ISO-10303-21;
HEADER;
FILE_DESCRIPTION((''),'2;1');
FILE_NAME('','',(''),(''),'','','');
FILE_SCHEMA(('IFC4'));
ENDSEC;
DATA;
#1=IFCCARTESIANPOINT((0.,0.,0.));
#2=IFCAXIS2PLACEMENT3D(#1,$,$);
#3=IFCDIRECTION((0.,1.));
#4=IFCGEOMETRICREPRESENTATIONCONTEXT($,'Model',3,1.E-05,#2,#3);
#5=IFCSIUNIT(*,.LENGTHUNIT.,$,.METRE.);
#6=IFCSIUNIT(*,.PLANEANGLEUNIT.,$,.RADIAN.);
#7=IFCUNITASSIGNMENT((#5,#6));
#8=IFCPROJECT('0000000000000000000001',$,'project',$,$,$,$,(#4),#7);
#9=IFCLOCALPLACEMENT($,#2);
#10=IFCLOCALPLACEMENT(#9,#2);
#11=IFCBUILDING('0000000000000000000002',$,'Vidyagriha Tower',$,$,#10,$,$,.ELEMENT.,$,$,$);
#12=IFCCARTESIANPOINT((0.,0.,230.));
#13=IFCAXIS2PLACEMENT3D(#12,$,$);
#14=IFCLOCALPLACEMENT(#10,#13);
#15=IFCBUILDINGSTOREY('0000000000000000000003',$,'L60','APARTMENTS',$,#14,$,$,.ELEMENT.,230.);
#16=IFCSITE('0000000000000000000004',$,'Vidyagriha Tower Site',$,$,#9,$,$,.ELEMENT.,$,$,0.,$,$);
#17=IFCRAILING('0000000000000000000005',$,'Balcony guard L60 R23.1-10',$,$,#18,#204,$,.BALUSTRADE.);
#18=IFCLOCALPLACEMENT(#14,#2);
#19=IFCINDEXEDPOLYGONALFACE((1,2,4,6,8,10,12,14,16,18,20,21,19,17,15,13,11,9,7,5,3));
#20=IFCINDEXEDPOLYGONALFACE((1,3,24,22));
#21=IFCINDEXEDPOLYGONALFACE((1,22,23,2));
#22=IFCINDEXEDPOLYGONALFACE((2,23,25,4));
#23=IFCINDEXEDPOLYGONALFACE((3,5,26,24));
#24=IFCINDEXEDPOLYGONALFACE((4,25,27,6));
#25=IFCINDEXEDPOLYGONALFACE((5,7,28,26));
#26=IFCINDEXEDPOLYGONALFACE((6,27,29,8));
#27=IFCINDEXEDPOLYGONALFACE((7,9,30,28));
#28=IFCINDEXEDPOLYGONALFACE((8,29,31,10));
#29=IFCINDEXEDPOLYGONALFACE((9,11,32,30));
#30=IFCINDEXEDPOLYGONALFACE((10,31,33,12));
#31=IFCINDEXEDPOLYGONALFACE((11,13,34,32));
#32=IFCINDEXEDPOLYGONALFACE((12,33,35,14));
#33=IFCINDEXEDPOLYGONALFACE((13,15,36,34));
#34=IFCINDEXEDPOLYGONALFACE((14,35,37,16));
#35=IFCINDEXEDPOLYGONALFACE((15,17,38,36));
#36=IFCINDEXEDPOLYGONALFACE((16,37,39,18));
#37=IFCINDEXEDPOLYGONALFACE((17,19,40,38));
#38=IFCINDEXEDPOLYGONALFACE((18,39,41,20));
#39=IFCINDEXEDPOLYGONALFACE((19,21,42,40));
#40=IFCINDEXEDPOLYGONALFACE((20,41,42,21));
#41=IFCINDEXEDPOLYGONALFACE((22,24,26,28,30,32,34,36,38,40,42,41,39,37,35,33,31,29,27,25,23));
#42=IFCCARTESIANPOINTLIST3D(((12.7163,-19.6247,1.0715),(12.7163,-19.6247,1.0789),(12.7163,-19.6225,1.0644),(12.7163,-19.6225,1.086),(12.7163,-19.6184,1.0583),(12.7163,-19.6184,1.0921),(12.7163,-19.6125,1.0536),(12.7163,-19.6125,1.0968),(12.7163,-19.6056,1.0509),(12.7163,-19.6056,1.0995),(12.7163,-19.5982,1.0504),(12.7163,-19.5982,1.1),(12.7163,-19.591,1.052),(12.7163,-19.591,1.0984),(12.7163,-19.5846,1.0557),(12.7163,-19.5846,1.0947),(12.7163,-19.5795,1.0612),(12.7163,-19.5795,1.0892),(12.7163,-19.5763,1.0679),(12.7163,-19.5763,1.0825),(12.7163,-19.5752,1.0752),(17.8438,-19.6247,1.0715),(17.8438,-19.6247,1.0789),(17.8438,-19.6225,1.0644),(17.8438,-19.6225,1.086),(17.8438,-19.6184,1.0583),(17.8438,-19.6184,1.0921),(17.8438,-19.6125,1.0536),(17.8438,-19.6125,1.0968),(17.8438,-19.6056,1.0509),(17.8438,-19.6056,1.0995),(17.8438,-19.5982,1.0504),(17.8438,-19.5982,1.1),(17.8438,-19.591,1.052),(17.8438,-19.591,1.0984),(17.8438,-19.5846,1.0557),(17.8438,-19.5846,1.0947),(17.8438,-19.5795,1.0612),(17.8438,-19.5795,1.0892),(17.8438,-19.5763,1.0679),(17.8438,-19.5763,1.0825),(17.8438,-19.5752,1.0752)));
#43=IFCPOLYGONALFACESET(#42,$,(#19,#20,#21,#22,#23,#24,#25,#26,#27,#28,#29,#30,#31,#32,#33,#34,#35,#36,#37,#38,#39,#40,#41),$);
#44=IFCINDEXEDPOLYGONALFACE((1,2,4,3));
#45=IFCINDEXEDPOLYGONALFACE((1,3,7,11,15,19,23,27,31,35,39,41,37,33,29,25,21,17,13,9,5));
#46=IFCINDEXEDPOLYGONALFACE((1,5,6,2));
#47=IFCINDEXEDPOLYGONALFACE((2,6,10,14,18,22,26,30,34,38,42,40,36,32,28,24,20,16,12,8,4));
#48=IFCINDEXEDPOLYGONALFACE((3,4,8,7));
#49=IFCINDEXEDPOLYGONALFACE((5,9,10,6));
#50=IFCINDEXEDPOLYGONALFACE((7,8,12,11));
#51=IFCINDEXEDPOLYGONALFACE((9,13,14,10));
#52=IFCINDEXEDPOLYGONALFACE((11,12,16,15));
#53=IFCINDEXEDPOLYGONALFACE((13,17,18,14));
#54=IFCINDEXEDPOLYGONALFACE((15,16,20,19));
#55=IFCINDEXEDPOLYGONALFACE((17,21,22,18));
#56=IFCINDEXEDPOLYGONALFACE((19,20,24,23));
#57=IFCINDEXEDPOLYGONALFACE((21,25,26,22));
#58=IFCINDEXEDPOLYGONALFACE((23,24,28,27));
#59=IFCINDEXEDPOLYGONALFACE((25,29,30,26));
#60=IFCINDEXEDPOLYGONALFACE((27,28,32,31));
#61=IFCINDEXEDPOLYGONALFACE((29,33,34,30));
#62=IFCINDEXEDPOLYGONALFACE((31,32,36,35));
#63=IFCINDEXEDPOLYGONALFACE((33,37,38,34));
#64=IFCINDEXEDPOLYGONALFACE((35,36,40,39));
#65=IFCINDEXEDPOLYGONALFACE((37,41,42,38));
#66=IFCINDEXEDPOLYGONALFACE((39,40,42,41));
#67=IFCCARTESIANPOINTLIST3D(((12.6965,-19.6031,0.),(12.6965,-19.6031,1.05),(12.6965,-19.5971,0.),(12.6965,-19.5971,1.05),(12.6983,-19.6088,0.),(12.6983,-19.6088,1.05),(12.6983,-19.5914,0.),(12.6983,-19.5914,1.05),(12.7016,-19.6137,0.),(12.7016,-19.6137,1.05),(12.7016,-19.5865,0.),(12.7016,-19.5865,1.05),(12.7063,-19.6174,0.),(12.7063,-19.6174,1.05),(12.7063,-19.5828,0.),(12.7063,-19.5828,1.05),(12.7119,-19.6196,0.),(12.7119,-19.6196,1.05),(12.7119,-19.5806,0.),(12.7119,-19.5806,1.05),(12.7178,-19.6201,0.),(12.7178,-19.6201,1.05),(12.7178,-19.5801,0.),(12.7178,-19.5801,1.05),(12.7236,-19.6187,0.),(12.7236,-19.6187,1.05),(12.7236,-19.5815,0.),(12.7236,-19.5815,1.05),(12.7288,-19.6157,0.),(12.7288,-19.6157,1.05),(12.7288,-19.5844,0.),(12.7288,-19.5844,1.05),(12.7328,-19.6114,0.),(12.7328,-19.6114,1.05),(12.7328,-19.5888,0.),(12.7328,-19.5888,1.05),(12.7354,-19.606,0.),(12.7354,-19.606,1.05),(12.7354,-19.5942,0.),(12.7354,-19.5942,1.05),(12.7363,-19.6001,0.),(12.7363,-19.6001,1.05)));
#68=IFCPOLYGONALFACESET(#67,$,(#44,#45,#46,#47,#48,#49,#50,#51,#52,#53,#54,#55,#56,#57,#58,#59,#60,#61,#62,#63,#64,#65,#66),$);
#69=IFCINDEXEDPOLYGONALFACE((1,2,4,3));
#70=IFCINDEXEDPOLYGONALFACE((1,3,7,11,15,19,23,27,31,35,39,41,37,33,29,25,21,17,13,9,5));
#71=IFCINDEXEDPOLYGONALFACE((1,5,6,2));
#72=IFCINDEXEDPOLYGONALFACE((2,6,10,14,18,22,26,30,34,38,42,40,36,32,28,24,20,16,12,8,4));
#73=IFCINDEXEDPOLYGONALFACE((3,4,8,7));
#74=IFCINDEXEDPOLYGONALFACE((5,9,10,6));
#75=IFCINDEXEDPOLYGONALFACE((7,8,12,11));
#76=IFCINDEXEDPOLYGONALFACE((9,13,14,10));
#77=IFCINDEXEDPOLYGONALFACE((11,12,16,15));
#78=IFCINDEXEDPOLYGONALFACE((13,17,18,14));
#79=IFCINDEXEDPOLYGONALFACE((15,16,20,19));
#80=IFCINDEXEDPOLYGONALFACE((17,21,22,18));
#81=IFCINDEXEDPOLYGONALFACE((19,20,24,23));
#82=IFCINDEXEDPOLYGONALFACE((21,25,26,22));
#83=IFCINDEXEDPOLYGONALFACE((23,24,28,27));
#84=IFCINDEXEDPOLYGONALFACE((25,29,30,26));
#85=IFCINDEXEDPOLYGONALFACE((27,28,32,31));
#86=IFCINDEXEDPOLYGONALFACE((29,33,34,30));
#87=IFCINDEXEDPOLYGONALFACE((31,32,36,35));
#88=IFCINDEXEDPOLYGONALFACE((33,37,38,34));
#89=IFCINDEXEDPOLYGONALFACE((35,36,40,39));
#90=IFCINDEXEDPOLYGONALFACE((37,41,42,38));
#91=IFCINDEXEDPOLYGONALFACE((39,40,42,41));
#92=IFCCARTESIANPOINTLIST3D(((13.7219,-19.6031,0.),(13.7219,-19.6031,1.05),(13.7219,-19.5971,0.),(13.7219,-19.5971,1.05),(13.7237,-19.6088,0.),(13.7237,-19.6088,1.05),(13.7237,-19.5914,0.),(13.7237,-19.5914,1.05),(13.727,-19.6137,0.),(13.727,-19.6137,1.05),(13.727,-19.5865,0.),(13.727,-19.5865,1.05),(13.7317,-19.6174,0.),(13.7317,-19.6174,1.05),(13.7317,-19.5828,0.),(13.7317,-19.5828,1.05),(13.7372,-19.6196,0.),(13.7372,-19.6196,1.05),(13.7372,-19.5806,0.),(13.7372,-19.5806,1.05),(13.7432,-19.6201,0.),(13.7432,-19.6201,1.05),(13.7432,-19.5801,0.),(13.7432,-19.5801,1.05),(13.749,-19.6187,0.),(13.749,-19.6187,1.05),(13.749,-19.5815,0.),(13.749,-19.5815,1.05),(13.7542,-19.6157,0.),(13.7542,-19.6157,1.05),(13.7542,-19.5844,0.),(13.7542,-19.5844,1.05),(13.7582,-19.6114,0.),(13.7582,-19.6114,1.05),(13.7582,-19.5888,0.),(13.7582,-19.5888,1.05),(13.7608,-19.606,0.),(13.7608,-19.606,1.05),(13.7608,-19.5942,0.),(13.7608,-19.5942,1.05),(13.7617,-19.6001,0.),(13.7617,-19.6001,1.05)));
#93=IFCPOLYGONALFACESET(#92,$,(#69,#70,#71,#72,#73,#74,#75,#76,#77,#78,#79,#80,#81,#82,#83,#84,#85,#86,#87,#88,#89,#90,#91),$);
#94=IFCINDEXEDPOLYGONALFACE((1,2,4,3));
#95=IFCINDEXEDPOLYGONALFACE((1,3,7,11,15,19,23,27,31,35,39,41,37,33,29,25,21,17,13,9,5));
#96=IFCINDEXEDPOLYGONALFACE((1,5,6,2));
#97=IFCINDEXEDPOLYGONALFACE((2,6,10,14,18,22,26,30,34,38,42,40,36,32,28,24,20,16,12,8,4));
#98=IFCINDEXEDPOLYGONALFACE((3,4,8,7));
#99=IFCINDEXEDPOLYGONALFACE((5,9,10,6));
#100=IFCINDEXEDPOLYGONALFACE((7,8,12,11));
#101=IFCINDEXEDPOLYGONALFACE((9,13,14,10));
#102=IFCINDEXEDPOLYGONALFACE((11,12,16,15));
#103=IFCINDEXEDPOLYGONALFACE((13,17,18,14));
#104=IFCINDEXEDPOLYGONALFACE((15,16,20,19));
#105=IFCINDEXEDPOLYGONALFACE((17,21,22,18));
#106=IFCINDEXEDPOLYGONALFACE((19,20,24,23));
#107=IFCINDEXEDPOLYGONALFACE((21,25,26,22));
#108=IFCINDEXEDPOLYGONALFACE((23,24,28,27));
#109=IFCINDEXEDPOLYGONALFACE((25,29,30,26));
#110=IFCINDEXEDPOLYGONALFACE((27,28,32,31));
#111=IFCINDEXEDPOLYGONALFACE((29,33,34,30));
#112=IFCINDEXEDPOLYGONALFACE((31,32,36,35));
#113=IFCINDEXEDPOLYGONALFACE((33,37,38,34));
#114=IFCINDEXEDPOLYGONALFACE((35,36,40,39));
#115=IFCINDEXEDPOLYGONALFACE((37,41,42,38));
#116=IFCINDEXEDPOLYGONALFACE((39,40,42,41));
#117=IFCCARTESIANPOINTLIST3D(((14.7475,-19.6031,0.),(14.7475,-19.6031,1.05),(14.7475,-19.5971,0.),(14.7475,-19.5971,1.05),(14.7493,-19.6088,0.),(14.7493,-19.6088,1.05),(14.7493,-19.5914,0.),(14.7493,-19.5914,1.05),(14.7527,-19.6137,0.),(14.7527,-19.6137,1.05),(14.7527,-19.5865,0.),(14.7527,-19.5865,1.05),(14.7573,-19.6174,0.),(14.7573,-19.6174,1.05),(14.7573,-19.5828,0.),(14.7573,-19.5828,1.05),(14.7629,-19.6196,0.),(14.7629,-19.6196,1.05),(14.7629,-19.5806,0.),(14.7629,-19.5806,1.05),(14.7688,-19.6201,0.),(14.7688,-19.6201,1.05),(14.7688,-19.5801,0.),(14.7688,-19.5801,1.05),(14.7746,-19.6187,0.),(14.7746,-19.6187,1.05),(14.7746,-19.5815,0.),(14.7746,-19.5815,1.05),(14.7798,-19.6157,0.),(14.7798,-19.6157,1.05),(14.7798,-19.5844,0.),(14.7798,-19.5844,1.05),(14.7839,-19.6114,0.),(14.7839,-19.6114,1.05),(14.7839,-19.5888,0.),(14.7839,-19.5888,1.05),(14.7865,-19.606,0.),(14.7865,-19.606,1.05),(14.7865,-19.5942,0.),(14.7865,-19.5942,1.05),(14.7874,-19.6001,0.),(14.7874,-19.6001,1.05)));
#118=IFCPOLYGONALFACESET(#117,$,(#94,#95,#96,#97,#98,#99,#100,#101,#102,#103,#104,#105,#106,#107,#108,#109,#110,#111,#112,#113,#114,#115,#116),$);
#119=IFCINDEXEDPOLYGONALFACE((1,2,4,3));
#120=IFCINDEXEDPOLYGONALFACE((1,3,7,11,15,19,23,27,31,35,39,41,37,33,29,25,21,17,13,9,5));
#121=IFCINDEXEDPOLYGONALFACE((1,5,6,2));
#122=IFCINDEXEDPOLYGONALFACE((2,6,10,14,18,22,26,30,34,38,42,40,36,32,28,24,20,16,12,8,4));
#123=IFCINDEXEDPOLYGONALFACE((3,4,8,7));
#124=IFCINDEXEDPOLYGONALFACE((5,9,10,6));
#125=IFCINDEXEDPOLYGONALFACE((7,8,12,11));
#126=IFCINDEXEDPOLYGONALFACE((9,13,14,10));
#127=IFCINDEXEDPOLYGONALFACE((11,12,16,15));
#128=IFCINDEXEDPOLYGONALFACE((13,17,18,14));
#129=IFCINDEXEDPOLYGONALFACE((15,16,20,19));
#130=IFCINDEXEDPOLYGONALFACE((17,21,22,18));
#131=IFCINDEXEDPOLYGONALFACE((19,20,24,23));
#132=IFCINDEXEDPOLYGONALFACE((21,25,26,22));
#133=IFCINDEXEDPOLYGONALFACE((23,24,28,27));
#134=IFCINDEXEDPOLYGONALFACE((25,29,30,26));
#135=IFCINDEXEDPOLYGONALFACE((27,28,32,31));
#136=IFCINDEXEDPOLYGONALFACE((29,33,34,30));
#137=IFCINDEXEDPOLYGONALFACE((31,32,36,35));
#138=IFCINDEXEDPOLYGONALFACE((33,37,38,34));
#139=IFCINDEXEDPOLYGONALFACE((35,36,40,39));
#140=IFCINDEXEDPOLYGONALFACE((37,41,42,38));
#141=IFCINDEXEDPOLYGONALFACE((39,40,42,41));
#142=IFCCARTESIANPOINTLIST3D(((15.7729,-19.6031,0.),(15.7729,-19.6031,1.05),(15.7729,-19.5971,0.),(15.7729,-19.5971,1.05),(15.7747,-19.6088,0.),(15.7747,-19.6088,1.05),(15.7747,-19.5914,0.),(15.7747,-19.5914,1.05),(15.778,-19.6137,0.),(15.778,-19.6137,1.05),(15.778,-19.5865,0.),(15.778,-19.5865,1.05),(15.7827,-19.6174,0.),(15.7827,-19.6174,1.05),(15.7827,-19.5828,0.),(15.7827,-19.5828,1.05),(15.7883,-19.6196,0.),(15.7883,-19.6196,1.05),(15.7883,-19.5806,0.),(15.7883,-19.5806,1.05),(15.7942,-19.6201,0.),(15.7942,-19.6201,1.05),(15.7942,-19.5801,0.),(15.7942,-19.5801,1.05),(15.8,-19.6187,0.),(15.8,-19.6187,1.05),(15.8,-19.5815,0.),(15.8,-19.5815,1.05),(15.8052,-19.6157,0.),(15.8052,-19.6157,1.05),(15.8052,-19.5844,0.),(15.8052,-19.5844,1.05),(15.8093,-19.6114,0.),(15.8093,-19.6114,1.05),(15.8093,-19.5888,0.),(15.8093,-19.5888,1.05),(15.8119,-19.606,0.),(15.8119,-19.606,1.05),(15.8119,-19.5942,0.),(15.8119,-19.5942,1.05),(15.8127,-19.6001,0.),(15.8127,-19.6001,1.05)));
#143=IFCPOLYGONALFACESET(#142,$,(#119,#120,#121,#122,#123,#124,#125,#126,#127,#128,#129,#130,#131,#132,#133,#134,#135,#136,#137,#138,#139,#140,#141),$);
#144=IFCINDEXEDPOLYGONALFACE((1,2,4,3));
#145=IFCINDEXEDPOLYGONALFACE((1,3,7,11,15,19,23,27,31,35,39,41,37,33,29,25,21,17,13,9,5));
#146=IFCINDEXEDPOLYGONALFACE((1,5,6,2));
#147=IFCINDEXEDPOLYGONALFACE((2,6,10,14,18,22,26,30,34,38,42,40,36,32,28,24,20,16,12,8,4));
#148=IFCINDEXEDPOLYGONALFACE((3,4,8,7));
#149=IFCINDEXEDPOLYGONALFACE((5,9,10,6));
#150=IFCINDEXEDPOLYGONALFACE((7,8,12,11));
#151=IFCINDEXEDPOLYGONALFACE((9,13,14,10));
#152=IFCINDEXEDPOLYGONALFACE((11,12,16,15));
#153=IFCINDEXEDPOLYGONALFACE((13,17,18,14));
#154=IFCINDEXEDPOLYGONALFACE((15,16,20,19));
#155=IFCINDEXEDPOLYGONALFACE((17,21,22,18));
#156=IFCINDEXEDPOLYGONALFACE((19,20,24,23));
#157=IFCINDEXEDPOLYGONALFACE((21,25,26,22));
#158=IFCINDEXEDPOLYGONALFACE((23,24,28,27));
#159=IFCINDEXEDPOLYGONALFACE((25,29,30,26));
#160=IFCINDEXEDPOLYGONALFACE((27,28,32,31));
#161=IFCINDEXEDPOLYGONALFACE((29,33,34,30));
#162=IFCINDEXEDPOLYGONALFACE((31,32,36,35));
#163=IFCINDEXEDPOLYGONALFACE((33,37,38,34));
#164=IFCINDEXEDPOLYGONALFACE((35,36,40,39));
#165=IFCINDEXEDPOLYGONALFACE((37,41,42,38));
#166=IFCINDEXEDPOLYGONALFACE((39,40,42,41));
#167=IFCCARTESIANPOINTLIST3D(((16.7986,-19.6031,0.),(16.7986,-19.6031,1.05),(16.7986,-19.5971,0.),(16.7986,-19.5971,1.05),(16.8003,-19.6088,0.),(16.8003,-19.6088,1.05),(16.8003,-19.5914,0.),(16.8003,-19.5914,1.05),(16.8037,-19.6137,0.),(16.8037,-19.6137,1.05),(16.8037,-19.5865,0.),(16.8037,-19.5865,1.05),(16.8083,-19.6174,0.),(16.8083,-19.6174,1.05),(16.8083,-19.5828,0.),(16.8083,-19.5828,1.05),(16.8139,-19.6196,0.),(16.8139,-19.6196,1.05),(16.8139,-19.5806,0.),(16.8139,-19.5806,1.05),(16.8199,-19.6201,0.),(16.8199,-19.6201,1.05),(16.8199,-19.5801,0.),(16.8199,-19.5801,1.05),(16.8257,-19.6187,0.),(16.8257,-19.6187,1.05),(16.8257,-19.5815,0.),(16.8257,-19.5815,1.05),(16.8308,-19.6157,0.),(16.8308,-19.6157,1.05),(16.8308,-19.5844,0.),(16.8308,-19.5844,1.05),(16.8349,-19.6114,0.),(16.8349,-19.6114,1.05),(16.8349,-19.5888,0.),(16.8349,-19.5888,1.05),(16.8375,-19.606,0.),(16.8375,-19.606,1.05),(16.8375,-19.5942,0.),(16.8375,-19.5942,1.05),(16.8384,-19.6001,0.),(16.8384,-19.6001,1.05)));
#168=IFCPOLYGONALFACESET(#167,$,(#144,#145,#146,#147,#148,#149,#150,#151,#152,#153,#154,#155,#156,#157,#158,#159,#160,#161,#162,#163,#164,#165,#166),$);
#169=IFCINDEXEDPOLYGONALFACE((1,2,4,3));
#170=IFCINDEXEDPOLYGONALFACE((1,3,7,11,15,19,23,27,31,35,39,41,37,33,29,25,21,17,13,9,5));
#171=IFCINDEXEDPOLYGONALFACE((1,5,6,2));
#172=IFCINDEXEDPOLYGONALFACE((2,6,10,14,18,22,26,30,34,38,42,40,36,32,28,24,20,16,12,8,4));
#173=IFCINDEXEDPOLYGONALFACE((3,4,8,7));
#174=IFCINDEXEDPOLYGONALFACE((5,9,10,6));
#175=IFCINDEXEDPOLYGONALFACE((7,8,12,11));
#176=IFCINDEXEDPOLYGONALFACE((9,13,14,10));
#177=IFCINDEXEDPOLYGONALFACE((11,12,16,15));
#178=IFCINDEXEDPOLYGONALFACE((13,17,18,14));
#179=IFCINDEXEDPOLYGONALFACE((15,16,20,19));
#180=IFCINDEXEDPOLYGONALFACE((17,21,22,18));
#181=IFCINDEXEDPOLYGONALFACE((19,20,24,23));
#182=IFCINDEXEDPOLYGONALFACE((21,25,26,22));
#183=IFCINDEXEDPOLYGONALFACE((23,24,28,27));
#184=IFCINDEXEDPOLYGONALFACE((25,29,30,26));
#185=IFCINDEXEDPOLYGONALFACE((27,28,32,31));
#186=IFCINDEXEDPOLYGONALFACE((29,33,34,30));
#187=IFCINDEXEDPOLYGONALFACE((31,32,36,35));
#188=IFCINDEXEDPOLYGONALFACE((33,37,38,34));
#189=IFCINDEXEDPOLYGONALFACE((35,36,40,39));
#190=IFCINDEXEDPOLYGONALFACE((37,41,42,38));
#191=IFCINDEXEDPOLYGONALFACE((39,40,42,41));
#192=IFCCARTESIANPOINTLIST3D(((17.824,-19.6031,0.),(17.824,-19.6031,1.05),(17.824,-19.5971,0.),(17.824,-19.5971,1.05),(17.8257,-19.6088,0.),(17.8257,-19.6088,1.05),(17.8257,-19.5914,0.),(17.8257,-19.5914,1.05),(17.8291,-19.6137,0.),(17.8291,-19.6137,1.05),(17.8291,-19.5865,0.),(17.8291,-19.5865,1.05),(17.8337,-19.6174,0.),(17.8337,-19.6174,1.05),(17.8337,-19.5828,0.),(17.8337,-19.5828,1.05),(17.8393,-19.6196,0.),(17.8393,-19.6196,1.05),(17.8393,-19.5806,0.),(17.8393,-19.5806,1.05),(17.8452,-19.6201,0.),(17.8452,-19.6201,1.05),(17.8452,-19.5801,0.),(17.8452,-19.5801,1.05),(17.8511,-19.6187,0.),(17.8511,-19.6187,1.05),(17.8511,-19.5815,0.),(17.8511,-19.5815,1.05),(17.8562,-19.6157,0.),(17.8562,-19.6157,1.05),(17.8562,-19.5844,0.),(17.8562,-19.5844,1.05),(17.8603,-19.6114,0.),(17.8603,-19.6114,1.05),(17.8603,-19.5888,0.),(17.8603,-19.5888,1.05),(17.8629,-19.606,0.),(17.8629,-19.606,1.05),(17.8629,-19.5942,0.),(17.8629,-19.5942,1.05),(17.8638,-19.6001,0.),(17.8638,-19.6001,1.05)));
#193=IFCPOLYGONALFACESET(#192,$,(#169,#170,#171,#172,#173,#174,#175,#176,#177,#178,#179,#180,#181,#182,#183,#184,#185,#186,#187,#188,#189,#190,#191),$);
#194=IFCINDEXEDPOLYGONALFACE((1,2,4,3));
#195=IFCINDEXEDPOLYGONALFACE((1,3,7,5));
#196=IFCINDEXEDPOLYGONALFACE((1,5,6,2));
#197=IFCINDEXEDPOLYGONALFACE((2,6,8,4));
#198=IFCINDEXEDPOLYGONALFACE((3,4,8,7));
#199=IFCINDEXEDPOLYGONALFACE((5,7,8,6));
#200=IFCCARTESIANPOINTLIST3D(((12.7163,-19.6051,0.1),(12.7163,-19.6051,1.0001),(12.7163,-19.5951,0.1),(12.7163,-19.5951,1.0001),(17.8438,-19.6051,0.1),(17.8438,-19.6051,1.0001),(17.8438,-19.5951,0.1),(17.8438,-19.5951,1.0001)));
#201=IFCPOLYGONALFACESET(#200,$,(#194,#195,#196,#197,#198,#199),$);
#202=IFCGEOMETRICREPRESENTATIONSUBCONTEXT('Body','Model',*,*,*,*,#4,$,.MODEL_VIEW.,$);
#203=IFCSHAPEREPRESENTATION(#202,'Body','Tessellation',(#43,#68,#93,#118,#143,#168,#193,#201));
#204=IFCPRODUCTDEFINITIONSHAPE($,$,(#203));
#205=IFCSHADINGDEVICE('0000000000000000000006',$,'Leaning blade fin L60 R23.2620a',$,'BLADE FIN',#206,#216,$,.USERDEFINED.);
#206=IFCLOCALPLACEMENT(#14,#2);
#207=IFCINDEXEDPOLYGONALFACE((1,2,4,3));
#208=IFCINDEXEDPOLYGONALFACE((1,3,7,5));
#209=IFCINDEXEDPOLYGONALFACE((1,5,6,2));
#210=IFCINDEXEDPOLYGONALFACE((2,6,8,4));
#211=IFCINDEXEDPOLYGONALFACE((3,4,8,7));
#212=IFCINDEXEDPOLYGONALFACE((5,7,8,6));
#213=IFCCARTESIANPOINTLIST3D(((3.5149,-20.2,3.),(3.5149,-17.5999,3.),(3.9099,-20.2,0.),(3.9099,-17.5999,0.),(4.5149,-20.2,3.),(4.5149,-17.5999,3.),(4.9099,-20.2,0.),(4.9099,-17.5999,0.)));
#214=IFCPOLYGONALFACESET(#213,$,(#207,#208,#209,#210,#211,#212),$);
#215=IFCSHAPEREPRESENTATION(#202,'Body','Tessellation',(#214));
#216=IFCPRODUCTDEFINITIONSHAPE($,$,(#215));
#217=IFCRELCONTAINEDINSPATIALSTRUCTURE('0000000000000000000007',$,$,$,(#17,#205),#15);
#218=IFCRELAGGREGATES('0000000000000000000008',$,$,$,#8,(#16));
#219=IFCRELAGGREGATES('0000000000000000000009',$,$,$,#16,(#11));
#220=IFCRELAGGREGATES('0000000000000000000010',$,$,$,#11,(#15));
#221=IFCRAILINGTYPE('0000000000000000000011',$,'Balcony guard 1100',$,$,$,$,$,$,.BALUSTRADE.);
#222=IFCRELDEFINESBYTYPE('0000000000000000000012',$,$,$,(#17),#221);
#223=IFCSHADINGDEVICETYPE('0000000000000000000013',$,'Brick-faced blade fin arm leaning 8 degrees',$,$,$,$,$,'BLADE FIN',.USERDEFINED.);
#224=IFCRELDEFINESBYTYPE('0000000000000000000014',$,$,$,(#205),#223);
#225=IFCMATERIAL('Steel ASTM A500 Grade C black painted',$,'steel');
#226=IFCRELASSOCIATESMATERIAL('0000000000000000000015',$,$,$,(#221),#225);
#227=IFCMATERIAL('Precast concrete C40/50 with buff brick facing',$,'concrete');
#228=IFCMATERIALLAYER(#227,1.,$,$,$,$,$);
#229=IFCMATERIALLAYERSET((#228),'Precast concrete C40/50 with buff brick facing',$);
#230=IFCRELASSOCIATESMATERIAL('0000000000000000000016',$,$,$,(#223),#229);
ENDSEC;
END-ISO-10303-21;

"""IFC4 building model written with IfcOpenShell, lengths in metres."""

from ifc_helpers import new_model, si_unit, direction, frame, origin, origin_2d, place, context, subcontext, project, spatial, polyline, rectangle, circle, outline, extrude, material, layer, layer_set, type_object, element, save


model = new_model("IFC4")

# Units and contexts
model_context = context("Model", 3, precision=1e-05, world=origin(), true_north=direction((0.0, 1.0)))
body_context = subcontext(model_context, "Body", "Model", "MODEL_VIEW")
ifc_project = project(units=[si_unit("LENGTHUNIT", "METRE"), si_unit("PLANEANGLEUNIT", "RADIAN")], contexts=[model_context])

# Site, building, storey
site_placement = place(None, origin())
site = spatial("IfcSite", under=ifc_project, at=site_placement, Name="Vidyagriha Tower Site", CompositionType="ELEMENT", RefElevation=0.0)
building_placement = place(site_placement, origin())
building = spatial("IfcBuilding", under=site, at=building_placement, Name="Vidyagriha Tower", CompositionType="ELEMENT")
storey_placement = place(building_placement, frame((0.0, 0.0, 230.0)))
storey = spatial("IfcBuildingStorey", under=building, at=storey_placement, Name="L60", Description="APARTMENTS", CompositionType="ELEMENT", Elevation=230.0)

# Railing
ifc_material_1 = material(Name="Steel ASTM A500 Grade C black painted", Category="steel")
railing_type = type_object("IfcRailingType", Name="Balcony guard 1100", PredefinedType="BALUSTRADE", material=ifc_material_1)
railing_1_placement = place(storey_placement, frame((12.7163, -19.6001, 0.0)))
element("IfcRailing", 1, at=railing_1_placement, inside=storey, type_object=railing_type, Name="Balcony guard L60 R23.1-10", PredefinedType="BALUSTRADE", context=body_context, shape_type="SweptSolid", body=[
    extrude(circle(Radius=0.0249, at=origin_2d()), frame((0.0, 0.0, 1.0752), z_axis=(1.0, 0.0, 0.0), x_axis=(0.0, 1.0, 0.0)), (0.0, 0.0, 1.0), 5.1274),
    extrude(circle(Radius=0.02, at=origin_2d()), origin(), (0.0, 0.0, 1.0), 1.05),
    extrude(circle(Radius=0.02, at=origin_2d()), frame((1.0254, 0.0, 0.0)), (0.0, 0.0, 1.0), 1.05),
    extrude(circle(Radius=0.02, at=origin_2d()), frame((2.051, 0.0, 0.0)), (0.0, 0.0, 1.0), 1.05),
    extrude(circle(Radius=0.02, at=origin_2d()), frame((3.0764, 0.0, 0.0)), (0.0, 0.0, 1.0), 1.05),
    extrude(circle(Radius=0.02, at=origin_2d()), frame((4.1021, 0.0, 0.0)), (0.0, 0.0, 1.0), 1.05),
    extrude(circle(Radius=0.02, at=origin_2d()), frame((5.1274, 0.0, 0.0)), (0.0, 0.0, 1.0), 1.05),
    extrude(rectangle(XDim=0.01, YDim=0.9001, at=origin_2d()), frame((0.0, 0.0, 0.55), z_axis=(1.0, 0.0, 0.0), x_axis=(0.0, 1.0, 0.0)), (0.0, 0.0, 1.0), 5.1274),
])

# Shading device
ifc_material_2 = material(Name="Precast concrete C40/50 with buff brick facing", Category="concrete")
ifc_layer_1 = layer(ifc_material_2, 1.0)
ifc_layer_set_1 = layer_set([ifc_layer_1], Name="Precast concrete C40/50 with buff brick facing")
shading_device_type_1 = type_object("IfcShadingDeviceType", Name="Brick-faced blade fin arm leaning 8 degrees", ElementType="BLADE FIN", PredefinedType="USERDEFINED", material=ifc_layer_set_1)
shading_device_1_placement = place(storey_placement, frame((3.5149, -18.8999, 0.0)))
element("IfcShadingDevice", 2, at=shading_device_1_placement, inside=storey, type_object=shading_device_type_1, Name="Leaning blade fin L60 R23.2620a", ObjectType="BLADE FIN", PredefinedType="USERDEFINED", context=body_context, shape_type="SweptSolid", body=[
    extrude(outline(polyline([(0.395, 0.0), (1.395, 0.0), (1.0, 3.0), (0.0, 3.0), (0.395, 0.0)])), frame((0.0, 1.3, 0.0), z_axis=(0.0, -1.0, 0.0), x_axis=(1.0, 0.0, 0.0)), (0.0, 0.0, 1.0), 2.6001),
])

save(model, "model.ifc")
